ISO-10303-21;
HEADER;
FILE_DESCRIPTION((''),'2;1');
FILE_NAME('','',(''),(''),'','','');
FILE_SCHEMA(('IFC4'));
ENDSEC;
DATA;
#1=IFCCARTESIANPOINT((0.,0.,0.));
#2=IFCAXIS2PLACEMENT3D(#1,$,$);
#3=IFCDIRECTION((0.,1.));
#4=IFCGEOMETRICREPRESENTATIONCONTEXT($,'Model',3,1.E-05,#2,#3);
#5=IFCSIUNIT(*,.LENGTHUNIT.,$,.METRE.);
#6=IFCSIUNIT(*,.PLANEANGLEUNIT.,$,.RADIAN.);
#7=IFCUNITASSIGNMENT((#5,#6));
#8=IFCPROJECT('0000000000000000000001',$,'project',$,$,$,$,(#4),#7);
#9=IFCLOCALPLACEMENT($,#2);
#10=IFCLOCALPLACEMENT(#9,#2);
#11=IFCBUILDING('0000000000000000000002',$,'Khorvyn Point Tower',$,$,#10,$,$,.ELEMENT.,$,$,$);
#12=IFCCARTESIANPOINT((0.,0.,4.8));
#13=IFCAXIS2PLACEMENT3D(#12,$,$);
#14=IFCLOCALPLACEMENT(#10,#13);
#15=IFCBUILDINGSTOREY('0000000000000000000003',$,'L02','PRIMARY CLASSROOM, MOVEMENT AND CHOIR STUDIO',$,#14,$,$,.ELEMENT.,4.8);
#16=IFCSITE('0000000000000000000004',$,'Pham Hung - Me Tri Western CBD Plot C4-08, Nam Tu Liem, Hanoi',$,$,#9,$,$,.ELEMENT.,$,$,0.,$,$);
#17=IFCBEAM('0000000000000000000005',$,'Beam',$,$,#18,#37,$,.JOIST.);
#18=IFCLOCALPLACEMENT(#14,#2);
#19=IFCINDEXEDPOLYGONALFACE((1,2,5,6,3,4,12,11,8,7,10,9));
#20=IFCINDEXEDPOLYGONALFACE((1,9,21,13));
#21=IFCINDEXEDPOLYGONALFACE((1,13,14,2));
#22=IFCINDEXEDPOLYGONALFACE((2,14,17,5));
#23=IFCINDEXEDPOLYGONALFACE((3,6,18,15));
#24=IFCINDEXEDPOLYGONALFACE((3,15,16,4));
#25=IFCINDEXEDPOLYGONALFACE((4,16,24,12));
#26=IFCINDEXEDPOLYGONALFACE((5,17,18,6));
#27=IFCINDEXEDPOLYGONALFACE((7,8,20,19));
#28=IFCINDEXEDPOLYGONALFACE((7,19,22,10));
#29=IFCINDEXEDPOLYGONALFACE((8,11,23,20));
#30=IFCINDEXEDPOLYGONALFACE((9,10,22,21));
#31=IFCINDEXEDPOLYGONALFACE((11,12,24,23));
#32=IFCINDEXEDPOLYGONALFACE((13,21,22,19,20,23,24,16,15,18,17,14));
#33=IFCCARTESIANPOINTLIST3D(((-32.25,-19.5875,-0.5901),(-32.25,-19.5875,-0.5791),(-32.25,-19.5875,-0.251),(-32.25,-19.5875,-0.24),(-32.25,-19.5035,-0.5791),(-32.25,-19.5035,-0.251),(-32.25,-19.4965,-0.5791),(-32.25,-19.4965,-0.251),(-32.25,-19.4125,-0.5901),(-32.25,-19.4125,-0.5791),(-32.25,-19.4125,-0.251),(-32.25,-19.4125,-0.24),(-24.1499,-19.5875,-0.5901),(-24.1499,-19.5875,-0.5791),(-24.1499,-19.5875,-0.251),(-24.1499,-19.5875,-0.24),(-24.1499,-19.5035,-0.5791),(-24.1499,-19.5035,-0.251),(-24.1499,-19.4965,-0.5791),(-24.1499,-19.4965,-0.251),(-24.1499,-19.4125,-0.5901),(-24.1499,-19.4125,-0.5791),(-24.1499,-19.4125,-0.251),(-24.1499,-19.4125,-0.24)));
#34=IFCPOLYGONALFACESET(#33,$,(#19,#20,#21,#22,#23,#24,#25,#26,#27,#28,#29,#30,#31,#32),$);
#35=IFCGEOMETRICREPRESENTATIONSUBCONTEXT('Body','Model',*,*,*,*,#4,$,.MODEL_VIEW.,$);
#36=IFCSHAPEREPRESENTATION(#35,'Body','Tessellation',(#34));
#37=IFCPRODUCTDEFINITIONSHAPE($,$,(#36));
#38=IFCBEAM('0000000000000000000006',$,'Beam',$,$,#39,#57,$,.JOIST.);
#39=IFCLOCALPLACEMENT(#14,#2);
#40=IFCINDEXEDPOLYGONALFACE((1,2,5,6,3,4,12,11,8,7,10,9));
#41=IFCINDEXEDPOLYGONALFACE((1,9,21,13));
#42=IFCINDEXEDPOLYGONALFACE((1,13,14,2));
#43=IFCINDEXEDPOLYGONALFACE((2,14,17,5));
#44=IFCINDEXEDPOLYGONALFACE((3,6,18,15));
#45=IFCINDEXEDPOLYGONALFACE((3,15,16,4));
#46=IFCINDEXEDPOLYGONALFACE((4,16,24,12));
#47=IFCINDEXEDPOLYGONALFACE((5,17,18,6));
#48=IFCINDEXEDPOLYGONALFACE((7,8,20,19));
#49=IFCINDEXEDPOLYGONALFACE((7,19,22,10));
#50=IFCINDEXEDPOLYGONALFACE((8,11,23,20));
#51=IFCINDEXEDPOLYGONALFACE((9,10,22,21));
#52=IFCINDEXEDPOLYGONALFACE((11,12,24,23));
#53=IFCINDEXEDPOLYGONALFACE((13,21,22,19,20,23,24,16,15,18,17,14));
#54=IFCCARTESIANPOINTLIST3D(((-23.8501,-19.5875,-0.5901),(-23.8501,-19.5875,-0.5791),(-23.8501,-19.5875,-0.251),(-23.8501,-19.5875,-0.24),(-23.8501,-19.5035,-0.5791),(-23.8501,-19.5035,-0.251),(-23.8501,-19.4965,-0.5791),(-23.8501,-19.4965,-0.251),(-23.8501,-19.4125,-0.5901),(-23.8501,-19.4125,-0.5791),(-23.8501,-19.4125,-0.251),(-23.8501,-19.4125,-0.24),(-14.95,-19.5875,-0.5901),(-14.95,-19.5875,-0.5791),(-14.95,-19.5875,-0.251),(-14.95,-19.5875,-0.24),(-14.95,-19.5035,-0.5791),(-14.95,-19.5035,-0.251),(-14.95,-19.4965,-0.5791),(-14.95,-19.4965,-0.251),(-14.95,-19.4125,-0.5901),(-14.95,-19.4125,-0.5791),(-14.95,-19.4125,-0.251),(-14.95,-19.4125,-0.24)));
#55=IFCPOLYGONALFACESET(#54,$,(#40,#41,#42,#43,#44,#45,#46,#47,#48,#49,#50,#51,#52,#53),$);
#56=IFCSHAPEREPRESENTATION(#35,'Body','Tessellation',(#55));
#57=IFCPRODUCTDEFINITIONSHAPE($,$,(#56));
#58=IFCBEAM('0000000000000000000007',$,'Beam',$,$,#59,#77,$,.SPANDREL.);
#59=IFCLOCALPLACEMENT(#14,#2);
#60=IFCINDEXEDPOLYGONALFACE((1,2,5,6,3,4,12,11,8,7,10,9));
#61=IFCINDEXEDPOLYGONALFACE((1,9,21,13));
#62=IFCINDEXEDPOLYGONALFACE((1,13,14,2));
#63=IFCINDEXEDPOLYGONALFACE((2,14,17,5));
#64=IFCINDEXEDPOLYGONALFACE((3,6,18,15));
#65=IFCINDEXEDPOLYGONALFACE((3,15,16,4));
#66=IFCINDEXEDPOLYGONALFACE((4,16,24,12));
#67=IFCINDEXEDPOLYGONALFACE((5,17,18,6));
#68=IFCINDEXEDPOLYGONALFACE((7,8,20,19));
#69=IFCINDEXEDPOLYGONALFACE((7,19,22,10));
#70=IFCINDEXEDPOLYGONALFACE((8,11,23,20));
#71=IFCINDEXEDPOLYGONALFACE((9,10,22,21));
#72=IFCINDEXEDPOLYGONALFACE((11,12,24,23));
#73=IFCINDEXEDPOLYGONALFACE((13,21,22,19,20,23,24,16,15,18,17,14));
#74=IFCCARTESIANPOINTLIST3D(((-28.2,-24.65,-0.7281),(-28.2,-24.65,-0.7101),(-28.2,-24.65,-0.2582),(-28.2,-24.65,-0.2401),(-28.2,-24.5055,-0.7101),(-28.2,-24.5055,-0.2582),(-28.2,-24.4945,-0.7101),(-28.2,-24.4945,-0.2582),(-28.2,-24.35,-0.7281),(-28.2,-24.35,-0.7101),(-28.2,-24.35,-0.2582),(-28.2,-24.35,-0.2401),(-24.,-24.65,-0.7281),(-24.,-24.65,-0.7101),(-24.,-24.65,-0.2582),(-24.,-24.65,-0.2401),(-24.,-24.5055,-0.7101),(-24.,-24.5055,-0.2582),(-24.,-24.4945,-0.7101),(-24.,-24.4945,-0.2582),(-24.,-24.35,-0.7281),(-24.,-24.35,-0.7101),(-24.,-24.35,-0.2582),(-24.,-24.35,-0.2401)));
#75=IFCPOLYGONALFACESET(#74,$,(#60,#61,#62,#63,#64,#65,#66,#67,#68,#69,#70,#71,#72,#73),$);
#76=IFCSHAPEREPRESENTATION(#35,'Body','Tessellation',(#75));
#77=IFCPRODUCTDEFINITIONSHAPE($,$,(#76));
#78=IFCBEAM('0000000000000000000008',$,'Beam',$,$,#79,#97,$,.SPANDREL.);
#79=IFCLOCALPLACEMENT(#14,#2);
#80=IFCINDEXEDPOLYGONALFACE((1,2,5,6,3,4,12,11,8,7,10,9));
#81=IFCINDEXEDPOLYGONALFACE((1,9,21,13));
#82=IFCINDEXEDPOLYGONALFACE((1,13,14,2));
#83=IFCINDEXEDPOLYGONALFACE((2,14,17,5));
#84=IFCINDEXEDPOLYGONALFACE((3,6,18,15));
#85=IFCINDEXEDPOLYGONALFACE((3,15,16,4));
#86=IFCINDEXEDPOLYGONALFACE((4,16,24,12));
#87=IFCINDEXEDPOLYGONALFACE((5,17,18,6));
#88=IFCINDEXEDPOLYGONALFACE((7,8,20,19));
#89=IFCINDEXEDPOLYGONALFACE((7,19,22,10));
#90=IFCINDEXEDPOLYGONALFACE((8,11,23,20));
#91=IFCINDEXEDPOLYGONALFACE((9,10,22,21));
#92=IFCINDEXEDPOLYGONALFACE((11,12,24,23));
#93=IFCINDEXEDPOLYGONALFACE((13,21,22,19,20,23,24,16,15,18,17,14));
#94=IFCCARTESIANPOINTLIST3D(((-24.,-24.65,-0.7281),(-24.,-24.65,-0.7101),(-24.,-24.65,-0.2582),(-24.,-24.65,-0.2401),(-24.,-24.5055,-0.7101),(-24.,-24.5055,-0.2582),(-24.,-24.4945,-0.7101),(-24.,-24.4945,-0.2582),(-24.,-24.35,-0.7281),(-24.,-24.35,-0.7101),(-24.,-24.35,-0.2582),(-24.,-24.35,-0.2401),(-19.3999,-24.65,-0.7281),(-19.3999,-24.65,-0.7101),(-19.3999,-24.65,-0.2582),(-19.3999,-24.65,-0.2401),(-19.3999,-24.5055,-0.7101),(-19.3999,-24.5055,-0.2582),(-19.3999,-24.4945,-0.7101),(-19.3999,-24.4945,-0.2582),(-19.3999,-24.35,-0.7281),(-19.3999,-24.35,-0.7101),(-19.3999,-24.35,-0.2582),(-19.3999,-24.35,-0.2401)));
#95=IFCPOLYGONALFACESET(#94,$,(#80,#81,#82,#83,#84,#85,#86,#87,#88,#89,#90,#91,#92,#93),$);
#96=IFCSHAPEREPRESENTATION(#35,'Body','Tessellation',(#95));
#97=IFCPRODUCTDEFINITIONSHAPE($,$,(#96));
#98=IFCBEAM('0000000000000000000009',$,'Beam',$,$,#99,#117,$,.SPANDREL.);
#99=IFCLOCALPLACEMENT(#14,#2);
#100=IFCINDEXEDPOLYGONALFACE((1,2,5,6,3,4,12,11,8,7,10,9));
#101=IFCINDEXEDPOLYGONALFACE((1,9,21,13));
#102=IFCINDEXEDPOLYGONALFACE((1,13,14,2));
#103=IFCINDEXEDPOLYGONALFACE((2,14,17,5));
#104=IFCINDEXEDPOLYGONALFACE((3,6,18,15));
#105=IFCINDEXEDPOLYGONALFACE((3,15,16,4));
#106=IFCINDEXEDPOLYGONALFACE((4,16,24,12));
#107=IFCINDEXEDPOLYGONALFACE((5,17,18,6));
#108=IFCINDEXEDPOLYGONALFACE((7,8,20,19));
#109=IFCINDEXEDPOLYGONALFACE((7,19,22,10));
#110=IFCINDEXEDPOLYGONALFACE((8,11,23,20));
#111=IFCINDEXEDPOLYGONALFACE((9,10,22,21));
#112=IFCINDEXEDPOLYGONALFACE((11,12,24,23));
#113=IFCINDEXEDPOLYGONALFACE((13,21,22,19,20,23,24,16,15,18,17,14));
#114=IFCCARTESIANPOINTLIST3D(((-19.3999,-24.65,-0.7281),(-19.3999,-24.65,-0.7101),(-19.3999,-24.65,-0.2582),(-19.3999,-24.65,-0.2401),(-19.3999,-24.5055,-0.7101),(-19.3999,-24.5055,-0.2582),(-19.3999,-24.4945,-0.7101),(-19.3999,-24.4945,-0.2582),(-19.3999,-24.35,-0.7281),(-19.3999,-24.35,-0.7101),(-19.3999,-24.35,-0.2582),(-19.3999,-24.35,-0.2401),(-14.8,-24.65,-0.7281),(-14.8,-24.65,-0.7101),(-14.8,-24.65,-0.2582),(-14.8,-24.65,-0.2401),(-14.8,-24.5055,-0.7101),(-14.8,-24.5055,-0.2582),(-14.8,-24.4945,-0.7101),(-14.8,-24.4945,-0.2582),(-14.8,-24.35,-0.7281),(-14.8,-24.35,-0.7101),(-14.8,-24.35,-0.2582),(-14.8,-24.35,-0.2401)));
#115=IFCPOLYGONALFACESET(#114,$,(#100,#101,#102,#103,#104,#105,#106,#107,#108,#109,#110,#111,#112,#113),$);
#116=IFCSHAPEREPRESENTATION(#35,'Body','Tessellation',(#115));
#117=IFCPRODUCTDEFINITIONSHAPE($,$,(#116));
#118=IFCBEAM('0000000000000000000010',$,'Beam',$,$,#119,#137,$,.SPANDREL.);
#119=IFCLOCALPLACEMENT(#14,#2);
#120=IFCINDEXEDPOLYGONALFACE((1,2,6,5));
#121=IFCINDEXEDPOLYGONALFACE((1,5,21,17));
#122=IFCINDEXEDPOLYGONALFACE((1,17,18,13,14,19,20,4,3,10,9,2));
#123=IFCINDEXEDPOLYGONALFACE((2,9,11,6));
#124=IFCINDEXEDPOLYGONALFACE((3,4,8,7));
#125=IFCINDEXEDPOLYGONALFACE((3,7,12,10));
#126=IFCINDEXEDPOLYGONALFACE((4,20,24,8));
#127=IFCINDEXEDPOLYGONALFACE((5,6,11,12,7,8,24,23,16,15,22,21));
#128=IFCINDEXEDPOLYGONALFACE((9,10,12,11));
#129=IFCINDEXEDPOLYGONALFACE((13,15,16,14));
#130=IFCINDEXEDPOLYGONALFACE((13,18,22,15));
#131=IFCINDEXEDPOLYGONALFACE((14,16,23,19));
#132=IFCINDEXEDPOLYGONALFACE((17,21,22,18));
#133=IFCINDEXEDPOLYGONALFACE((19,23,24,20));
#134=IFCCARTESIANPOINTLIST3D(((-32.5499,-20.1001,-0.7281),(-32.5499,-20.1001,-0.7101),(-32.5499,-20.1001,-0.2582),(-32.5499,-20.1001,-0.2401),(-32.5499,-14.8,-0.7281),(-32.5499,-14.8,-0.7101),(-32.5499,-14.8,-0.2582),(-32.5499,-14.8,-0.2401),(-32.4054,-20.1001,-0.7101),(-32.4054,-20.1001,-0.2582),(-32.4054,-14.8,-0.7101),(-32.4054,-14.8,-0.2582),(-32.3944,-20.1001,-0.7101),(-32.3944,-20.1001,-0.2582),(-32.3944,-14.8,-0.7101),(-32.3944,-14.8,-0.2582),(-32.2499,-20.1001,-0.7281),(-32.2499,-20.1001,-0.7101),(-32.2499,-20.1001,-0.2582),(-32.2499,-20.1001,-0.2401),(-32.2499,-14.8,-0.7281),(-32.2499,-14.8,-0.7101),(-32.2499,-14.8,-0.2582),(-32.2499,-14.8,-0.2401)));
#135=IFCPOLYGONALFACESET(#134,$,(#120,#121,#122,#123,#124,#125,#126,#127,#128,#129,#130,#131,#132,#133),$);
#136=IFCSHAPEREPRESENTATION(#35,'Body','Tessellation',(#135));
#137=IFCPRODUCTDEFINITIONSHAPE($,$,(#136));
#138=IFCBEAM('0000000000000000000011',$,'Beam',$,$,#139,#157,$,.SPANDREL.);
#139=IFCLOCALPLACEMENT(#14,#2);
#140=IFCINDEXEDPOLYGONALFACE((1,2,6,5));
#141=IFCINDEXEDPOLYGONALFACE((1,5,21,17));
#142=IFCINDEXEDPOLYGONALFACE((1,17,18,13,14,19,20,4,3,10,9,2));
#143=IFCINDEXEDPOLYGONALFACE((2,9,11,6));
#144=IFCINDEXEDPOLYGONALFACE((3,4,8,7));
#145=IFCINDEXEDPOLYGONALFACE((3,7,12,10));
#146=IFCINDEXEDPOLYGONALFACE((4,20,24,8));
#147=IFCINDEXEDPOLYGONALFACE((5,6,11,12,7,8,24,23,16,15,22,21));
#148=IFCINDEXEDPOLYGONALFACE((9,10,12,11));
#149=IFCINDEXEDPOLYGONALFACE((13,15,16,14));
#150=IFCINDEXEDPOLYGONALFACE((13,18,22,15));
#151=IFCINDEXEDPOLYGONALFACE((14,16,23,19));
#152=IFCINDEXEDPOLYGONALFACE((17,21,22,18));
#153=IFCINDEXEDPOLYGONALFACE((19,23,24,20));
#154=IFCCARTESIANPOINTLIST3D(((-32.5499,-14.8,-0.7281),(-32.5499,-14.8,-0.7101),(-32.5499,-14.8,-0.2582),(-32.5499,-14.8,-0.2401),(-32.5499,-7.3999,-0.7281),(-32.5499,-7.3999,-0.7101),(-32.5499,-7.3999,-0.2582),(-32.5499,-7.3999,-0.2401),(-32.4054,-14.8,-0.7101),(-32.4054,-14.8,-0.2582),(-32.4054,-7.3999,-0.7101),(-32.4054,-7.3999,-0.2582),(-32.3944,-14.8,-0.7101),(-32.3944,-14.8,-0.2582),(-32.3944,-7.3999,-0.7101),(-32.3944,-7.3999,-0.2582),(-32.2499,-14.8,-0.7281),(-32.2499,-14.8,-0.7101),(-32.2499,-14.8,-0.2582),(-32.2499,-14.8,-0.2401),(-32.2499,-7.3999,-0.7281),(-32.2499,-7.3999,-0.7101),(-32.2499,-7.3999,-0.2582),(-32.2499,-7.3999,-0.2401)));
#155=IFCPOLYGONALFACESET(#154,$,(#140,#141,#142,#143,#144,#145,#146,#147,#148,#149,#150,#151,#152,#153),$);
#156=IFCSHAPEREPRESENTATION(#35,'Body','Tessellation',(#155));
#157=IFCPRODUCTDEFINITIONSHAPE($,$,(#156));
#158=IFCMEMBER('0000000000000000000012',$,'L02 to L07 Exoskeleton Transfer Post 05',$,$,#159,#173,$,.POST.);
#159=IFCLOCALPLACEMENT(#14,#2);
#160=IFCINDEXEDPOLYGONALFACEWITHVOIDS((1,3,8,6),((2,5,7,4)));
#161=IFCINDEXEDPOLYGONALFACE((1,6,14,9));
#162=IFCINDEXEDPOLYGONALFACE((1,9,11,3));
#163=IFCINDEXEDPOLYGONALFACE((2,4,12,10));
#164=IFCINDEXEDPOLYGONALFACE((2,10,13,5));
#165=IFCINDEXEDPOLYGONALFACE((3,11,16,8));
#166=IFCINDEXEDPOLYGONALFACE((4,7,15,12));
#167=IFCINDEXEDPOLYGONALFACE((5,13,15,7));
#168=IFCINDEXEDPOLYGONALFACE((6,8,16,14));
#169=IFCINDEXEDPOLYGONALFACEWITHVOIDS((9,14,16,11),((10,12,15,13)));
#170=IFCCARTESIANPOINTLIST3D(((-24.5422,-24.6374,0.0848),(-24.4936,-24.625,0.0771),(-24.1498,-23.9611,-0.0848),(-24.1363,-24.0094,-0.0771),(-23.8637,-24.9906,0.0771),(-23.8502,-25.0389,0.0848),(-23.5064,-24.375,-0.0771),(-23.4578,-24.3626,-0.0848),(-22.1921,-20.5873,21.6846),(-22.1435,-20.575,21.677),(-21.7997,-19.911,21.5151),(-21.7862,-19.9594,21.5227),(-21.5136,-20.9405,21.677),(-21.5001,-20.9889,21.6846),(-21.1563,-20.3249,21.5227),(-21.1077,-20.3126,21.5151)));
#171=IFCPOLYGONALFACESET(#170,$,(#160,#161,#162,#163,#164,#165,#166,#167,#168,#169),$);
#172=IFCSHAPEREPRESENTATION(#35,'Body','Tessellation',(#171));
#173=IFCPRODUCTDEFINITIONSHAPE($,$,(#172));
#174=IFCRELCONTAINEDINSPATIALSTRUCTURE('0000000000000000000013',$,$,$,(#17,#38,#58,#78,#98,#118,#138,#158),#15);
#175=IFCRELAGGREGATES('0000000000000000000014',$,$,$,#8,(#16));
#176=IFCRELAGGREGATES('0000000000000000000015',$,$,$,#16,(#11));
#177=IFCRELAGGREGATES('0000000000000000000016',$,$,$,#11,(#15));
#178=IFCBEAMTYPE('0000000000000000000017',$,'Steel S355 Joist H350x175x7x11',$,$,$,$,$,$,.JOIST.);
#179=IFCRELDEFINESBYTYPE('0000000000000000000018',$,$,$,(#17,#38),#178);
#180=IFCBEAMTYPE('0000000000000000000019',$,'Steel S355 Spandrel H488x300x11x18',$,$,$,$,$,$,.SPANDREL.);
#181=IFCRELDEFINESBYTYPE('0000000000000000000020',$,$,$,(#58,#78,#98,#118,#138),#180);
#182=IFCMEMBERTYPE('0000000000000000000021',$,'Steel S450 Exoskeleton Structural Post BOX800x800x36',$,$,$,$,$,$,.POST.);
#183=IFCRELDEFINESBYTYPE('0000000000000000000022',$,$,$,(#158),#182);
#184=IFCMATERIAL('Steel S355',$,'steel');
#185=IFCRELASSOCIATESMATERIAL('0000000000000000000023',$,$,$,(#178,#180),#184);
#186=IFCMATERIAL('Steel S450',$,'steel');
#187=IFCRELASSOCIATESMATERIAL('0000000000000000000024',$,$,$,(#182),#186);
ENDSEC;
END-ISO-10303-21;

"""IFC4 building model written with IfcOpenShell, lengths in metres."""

from ifc_helpers import new_model, si_unit, direction, frame, origin, origin_2d, place, context, subcontext, project, spatial, hollow_rectangle, i_section, extrude, material, material_profile, profile_set, type_object, element, save


model = new_model("IFC4")

# Units and contexts
model_context = context("Model", 3, precision=1e-05, world=origin(), true_north=direction((0.0, 1.0)))
body_context = subcontext(model_context, "Body", "Model", "MODEL_VIEW")
ifc_project = project(units=[si_unit("LENGTHUNIT", "METRE"), si_unit("PLANEANGLEUNIT", "RADIAN")], contexts=[model_context])

# Site, building, storey
site_placement = place(None, origin())
site = spatial("IfcSite", under=ifc_project, at=site_placement, Name="Pham Hung - Me Tri Western CBD Plot C4-08, Nam Tu Liem, Hanoi", CompositionType="ELEMENT", RefElevation=0.0)
building_placement = place(site_placement, origin())
building = spatial("IfcBuilding", under=site, at=building_placement, Name="Khorvyn Point Tower", CompositionType="ELEMENT")
storey_placement = place(building_placement, frame((0.0, 0.0, 4.8)))
storey = spatial("IfcBuildingStorey", under=building, at=storey_placement, Name="L02", Description="PRIMARY CLASSROOM, MOVEMENT AND CHOIR STUDIO", CompositionType="ELEMENT", Elevation=4.8)

# Beams
ifc_material_1 = material(Name="Steel S355", Category="steel")
ifc_material_profile_1 = material_profile(ifc_material_1, i_section(OverallWidth=0.175, OverallDepth=0.3501, WebThickness=0.0071, FlangeThickness=0.011, at=origin_2d()))
ifc_profile_set_1 = profile_set([ifc_material_profile_1], Name="Steel S355 H350x175x7x11")
beam_type_1 = type_object("IfcBeamType", Name="Steel S355 Joist H350x175x7x11", PredefinedType="JOIST", material=ifc_profile_set_1)
beam_1_placement = place(storey_placement, frame((-32.25, -19.5, -0.415), z_axis=(1.0, 0.0, 0.0), x_axis=(0.0, 1.0, 0.0)))
element("IfcBeam", 1, at=beam_1_placement, inside=storey, type_object=beam_type_1, Name="Beam", PredefinedType="JOIST", context=body_context, shape_type="SweptSolid", body=[
    extrude(i_section(OverallWidth=0.175, OverallDepth=0.3501, WebThickness=0.0071, FlangeThickness=0.011, at=origin_2d()), origin(), (0.0, 0.0, 1.0), 8.1001),
])
beam_2_placement = place(storey_placement, frame((-23.8501, -19.5, -0.415), z_axis=(1.0, 0.0, 0.0), x_axis=(0.0, 1.0, 0.0)))
element("IfcBeam", 2, at=beam_2_placement, inside=storey, type_object=beam_type_1, Name="Beam", PredefinedType="JOIST", context=body_context, shape_type="SweptSolid", body=[
    extrude(i_section(OverallWidth=0.175, OverallDepth=0.3501, WebThickness=0.0071, FlangeThickness=0.011, at=origin_2d()), origin(), (0.0, 0.0, 1.0), 8.9001),
])
ifc_material_profile_2 = material_profile(ifc_material_1, i_section(OverallWidth=0.3, OverallDepth=0.488, WebThickness=0.011, FlangeThickness=0.0181, at=origin_2d()))
ifc_profile_set_2 = profile_set([ifc_material_profile_2], Name="Steel S355 H488x300x11x18")
beam_type_2 = type_object("IfcBeamType", Name="Steel S355 Spandrel H488x300x11x18", PredefinedType="SPANDREL", material=ifc_profile_set_2)
beam_3_placement = place(storey_placement, frame((-28.2, -24.5, -0.4841), z_axis=(1.0, 0.0, 0.0), x_axis=(0.0, 1.0, 0.0)))
element("IfcBeam", 3, at=beam_3_placement, inside=storey, type_object=beam_type_2, Name="Beam", PredefinedType="SPANDREL", context=body_context, shape_type="SweptSolid", body=[
    extrude(i_section(OverallWidth=0.3, OverallDepth=0.488, WebThickness=0.011, FlangeThickness=0.0181, at=origin_2d()), origin(), (0.0, 0.0, 1.0), 4.2),
])
beam_4_placement = place(storey_placement, frame((-24.0, -24.5, -0.4841), z_axis=(1.0, 0.0, 0.0), x_axis=(0.0, 1.0, 0.0)))
element("IfcBeam", 4, at=beam_4_placement, inside=storey, type_object=beam_type_2, Name="Beam", PredefinedType="SPANDREL", context=body_context, shape_type="SweptSolid", body=[
    extrude(i_section(OverallWidth=0.3, OverallDepth=0.488, WebThickness=0.011, FlangeThickness=0.0181, at=origin_2d()), origin(), (0.0, 0.0, 1.0), 4.6001),
])
beam_5_placement = place(storey_placement, frame((-19.3999, -24.5, -0.4841), z_axis=(1.0, 0.0, 0.0), x_axis=(0.0, 1.0, 0.0)))
element("IfcBeam", 5, at=beam_5_placement, inside=storey, type_object=beam_type_2, Name="Beam", PredefinedType="SPANDREL", context=body_context, shape_type="SweptSolid", body=[
    extrude(i_section(OverallWidth=0.3, OverallDepth=0.488, WebThickness=0.011, FlangeThickness=0.0181, at=origin_2d()), origin(), (0.0, 0.0, 1.0), 4.5999),
])
beam_6_placement = place(storey_placement, frame((-32.3999, -20.1001, -0.4841), z_axis=(0.0, 1.0, 0.0), x_axis=(-1.0, 0.0, 0.0)))
element("IfcBeam", 6, at=beam_6_placement, inside=storey, type_object=beam_type_2, Name="Beam", PredefinedType="SPANDREL", context=body_context, shape_type="SweptSolid", body=[
    extrude(i_section(OverallWidth=0.3, OverallDepth=0.488, WebThickness=0.011, FlangeThickness=0.0181, at=origin_2d()), origin(), (0.0, 0.0, 1.0), 5.3),
])
beam_7_placement = place(storey_placement, frame((-32.3999, -14.8, -0.4841), z_axis=(0.0, 1.0, 0.0), x_axis=(-1.0, 0.0, 0.0)))
element("IfcBeam", 7, at=beam_7_placement, inside=storey, type_object=beam_type_2, Name="Beam", PredefinedType="SPANDREL", context=body_context, shape_type="SweptSolid", body=[
    extrude(i_section(OverallWidth=0.3, OverallDepth=0.488, WebThickness=0.011, FlangeThickness=0.0181, at=origin_2d()), origin(), (0.0, 0.0, 1.0), 7.4001),
])

# Member
ifc_material_2 = material(Name="Steel S450", Category="steel")
ifc_material_profile_3 = material_profile(ifc_material_2, hollow_rectangle(XDim=0.8, YDim=0.8, WallThickness=0.0359, at=origin_2d()))
ifc_profile_set_3 = profile_set([ifc_material_profile_3], Name="Steel S450 BOX800x800x36")
member_type = type_object("IfcMemberType", Name="Steel S450 Exoskeleton Structural Post BOX800x800x36", PredefinedType="POST", material=ifc_profile_set_3)
member_placement = place(storey_placement, frame((-24.0, -24.5, 0.0), z_axis=(0.106332, 0.183247, 0.977299), x_axis=(-0.864932, 0.501889, 0.0)))
element("IfcMember", 8, at=member_placement, inside=storey, type_object=member_type, Name="L02 to L07 Exoskeleton Transfer Post 05", PredefinedType="POST", context=body_context, shape_type="SweptSolid", body=[
    extrude(hollow_rectangle(XDim=0.8, YDim=0.8, WallThickness=0.0359, at=origin_2d()), origin(), (0.0, 0.0, 1.0), 22.1016),
])

save(model, "model.ifc")
